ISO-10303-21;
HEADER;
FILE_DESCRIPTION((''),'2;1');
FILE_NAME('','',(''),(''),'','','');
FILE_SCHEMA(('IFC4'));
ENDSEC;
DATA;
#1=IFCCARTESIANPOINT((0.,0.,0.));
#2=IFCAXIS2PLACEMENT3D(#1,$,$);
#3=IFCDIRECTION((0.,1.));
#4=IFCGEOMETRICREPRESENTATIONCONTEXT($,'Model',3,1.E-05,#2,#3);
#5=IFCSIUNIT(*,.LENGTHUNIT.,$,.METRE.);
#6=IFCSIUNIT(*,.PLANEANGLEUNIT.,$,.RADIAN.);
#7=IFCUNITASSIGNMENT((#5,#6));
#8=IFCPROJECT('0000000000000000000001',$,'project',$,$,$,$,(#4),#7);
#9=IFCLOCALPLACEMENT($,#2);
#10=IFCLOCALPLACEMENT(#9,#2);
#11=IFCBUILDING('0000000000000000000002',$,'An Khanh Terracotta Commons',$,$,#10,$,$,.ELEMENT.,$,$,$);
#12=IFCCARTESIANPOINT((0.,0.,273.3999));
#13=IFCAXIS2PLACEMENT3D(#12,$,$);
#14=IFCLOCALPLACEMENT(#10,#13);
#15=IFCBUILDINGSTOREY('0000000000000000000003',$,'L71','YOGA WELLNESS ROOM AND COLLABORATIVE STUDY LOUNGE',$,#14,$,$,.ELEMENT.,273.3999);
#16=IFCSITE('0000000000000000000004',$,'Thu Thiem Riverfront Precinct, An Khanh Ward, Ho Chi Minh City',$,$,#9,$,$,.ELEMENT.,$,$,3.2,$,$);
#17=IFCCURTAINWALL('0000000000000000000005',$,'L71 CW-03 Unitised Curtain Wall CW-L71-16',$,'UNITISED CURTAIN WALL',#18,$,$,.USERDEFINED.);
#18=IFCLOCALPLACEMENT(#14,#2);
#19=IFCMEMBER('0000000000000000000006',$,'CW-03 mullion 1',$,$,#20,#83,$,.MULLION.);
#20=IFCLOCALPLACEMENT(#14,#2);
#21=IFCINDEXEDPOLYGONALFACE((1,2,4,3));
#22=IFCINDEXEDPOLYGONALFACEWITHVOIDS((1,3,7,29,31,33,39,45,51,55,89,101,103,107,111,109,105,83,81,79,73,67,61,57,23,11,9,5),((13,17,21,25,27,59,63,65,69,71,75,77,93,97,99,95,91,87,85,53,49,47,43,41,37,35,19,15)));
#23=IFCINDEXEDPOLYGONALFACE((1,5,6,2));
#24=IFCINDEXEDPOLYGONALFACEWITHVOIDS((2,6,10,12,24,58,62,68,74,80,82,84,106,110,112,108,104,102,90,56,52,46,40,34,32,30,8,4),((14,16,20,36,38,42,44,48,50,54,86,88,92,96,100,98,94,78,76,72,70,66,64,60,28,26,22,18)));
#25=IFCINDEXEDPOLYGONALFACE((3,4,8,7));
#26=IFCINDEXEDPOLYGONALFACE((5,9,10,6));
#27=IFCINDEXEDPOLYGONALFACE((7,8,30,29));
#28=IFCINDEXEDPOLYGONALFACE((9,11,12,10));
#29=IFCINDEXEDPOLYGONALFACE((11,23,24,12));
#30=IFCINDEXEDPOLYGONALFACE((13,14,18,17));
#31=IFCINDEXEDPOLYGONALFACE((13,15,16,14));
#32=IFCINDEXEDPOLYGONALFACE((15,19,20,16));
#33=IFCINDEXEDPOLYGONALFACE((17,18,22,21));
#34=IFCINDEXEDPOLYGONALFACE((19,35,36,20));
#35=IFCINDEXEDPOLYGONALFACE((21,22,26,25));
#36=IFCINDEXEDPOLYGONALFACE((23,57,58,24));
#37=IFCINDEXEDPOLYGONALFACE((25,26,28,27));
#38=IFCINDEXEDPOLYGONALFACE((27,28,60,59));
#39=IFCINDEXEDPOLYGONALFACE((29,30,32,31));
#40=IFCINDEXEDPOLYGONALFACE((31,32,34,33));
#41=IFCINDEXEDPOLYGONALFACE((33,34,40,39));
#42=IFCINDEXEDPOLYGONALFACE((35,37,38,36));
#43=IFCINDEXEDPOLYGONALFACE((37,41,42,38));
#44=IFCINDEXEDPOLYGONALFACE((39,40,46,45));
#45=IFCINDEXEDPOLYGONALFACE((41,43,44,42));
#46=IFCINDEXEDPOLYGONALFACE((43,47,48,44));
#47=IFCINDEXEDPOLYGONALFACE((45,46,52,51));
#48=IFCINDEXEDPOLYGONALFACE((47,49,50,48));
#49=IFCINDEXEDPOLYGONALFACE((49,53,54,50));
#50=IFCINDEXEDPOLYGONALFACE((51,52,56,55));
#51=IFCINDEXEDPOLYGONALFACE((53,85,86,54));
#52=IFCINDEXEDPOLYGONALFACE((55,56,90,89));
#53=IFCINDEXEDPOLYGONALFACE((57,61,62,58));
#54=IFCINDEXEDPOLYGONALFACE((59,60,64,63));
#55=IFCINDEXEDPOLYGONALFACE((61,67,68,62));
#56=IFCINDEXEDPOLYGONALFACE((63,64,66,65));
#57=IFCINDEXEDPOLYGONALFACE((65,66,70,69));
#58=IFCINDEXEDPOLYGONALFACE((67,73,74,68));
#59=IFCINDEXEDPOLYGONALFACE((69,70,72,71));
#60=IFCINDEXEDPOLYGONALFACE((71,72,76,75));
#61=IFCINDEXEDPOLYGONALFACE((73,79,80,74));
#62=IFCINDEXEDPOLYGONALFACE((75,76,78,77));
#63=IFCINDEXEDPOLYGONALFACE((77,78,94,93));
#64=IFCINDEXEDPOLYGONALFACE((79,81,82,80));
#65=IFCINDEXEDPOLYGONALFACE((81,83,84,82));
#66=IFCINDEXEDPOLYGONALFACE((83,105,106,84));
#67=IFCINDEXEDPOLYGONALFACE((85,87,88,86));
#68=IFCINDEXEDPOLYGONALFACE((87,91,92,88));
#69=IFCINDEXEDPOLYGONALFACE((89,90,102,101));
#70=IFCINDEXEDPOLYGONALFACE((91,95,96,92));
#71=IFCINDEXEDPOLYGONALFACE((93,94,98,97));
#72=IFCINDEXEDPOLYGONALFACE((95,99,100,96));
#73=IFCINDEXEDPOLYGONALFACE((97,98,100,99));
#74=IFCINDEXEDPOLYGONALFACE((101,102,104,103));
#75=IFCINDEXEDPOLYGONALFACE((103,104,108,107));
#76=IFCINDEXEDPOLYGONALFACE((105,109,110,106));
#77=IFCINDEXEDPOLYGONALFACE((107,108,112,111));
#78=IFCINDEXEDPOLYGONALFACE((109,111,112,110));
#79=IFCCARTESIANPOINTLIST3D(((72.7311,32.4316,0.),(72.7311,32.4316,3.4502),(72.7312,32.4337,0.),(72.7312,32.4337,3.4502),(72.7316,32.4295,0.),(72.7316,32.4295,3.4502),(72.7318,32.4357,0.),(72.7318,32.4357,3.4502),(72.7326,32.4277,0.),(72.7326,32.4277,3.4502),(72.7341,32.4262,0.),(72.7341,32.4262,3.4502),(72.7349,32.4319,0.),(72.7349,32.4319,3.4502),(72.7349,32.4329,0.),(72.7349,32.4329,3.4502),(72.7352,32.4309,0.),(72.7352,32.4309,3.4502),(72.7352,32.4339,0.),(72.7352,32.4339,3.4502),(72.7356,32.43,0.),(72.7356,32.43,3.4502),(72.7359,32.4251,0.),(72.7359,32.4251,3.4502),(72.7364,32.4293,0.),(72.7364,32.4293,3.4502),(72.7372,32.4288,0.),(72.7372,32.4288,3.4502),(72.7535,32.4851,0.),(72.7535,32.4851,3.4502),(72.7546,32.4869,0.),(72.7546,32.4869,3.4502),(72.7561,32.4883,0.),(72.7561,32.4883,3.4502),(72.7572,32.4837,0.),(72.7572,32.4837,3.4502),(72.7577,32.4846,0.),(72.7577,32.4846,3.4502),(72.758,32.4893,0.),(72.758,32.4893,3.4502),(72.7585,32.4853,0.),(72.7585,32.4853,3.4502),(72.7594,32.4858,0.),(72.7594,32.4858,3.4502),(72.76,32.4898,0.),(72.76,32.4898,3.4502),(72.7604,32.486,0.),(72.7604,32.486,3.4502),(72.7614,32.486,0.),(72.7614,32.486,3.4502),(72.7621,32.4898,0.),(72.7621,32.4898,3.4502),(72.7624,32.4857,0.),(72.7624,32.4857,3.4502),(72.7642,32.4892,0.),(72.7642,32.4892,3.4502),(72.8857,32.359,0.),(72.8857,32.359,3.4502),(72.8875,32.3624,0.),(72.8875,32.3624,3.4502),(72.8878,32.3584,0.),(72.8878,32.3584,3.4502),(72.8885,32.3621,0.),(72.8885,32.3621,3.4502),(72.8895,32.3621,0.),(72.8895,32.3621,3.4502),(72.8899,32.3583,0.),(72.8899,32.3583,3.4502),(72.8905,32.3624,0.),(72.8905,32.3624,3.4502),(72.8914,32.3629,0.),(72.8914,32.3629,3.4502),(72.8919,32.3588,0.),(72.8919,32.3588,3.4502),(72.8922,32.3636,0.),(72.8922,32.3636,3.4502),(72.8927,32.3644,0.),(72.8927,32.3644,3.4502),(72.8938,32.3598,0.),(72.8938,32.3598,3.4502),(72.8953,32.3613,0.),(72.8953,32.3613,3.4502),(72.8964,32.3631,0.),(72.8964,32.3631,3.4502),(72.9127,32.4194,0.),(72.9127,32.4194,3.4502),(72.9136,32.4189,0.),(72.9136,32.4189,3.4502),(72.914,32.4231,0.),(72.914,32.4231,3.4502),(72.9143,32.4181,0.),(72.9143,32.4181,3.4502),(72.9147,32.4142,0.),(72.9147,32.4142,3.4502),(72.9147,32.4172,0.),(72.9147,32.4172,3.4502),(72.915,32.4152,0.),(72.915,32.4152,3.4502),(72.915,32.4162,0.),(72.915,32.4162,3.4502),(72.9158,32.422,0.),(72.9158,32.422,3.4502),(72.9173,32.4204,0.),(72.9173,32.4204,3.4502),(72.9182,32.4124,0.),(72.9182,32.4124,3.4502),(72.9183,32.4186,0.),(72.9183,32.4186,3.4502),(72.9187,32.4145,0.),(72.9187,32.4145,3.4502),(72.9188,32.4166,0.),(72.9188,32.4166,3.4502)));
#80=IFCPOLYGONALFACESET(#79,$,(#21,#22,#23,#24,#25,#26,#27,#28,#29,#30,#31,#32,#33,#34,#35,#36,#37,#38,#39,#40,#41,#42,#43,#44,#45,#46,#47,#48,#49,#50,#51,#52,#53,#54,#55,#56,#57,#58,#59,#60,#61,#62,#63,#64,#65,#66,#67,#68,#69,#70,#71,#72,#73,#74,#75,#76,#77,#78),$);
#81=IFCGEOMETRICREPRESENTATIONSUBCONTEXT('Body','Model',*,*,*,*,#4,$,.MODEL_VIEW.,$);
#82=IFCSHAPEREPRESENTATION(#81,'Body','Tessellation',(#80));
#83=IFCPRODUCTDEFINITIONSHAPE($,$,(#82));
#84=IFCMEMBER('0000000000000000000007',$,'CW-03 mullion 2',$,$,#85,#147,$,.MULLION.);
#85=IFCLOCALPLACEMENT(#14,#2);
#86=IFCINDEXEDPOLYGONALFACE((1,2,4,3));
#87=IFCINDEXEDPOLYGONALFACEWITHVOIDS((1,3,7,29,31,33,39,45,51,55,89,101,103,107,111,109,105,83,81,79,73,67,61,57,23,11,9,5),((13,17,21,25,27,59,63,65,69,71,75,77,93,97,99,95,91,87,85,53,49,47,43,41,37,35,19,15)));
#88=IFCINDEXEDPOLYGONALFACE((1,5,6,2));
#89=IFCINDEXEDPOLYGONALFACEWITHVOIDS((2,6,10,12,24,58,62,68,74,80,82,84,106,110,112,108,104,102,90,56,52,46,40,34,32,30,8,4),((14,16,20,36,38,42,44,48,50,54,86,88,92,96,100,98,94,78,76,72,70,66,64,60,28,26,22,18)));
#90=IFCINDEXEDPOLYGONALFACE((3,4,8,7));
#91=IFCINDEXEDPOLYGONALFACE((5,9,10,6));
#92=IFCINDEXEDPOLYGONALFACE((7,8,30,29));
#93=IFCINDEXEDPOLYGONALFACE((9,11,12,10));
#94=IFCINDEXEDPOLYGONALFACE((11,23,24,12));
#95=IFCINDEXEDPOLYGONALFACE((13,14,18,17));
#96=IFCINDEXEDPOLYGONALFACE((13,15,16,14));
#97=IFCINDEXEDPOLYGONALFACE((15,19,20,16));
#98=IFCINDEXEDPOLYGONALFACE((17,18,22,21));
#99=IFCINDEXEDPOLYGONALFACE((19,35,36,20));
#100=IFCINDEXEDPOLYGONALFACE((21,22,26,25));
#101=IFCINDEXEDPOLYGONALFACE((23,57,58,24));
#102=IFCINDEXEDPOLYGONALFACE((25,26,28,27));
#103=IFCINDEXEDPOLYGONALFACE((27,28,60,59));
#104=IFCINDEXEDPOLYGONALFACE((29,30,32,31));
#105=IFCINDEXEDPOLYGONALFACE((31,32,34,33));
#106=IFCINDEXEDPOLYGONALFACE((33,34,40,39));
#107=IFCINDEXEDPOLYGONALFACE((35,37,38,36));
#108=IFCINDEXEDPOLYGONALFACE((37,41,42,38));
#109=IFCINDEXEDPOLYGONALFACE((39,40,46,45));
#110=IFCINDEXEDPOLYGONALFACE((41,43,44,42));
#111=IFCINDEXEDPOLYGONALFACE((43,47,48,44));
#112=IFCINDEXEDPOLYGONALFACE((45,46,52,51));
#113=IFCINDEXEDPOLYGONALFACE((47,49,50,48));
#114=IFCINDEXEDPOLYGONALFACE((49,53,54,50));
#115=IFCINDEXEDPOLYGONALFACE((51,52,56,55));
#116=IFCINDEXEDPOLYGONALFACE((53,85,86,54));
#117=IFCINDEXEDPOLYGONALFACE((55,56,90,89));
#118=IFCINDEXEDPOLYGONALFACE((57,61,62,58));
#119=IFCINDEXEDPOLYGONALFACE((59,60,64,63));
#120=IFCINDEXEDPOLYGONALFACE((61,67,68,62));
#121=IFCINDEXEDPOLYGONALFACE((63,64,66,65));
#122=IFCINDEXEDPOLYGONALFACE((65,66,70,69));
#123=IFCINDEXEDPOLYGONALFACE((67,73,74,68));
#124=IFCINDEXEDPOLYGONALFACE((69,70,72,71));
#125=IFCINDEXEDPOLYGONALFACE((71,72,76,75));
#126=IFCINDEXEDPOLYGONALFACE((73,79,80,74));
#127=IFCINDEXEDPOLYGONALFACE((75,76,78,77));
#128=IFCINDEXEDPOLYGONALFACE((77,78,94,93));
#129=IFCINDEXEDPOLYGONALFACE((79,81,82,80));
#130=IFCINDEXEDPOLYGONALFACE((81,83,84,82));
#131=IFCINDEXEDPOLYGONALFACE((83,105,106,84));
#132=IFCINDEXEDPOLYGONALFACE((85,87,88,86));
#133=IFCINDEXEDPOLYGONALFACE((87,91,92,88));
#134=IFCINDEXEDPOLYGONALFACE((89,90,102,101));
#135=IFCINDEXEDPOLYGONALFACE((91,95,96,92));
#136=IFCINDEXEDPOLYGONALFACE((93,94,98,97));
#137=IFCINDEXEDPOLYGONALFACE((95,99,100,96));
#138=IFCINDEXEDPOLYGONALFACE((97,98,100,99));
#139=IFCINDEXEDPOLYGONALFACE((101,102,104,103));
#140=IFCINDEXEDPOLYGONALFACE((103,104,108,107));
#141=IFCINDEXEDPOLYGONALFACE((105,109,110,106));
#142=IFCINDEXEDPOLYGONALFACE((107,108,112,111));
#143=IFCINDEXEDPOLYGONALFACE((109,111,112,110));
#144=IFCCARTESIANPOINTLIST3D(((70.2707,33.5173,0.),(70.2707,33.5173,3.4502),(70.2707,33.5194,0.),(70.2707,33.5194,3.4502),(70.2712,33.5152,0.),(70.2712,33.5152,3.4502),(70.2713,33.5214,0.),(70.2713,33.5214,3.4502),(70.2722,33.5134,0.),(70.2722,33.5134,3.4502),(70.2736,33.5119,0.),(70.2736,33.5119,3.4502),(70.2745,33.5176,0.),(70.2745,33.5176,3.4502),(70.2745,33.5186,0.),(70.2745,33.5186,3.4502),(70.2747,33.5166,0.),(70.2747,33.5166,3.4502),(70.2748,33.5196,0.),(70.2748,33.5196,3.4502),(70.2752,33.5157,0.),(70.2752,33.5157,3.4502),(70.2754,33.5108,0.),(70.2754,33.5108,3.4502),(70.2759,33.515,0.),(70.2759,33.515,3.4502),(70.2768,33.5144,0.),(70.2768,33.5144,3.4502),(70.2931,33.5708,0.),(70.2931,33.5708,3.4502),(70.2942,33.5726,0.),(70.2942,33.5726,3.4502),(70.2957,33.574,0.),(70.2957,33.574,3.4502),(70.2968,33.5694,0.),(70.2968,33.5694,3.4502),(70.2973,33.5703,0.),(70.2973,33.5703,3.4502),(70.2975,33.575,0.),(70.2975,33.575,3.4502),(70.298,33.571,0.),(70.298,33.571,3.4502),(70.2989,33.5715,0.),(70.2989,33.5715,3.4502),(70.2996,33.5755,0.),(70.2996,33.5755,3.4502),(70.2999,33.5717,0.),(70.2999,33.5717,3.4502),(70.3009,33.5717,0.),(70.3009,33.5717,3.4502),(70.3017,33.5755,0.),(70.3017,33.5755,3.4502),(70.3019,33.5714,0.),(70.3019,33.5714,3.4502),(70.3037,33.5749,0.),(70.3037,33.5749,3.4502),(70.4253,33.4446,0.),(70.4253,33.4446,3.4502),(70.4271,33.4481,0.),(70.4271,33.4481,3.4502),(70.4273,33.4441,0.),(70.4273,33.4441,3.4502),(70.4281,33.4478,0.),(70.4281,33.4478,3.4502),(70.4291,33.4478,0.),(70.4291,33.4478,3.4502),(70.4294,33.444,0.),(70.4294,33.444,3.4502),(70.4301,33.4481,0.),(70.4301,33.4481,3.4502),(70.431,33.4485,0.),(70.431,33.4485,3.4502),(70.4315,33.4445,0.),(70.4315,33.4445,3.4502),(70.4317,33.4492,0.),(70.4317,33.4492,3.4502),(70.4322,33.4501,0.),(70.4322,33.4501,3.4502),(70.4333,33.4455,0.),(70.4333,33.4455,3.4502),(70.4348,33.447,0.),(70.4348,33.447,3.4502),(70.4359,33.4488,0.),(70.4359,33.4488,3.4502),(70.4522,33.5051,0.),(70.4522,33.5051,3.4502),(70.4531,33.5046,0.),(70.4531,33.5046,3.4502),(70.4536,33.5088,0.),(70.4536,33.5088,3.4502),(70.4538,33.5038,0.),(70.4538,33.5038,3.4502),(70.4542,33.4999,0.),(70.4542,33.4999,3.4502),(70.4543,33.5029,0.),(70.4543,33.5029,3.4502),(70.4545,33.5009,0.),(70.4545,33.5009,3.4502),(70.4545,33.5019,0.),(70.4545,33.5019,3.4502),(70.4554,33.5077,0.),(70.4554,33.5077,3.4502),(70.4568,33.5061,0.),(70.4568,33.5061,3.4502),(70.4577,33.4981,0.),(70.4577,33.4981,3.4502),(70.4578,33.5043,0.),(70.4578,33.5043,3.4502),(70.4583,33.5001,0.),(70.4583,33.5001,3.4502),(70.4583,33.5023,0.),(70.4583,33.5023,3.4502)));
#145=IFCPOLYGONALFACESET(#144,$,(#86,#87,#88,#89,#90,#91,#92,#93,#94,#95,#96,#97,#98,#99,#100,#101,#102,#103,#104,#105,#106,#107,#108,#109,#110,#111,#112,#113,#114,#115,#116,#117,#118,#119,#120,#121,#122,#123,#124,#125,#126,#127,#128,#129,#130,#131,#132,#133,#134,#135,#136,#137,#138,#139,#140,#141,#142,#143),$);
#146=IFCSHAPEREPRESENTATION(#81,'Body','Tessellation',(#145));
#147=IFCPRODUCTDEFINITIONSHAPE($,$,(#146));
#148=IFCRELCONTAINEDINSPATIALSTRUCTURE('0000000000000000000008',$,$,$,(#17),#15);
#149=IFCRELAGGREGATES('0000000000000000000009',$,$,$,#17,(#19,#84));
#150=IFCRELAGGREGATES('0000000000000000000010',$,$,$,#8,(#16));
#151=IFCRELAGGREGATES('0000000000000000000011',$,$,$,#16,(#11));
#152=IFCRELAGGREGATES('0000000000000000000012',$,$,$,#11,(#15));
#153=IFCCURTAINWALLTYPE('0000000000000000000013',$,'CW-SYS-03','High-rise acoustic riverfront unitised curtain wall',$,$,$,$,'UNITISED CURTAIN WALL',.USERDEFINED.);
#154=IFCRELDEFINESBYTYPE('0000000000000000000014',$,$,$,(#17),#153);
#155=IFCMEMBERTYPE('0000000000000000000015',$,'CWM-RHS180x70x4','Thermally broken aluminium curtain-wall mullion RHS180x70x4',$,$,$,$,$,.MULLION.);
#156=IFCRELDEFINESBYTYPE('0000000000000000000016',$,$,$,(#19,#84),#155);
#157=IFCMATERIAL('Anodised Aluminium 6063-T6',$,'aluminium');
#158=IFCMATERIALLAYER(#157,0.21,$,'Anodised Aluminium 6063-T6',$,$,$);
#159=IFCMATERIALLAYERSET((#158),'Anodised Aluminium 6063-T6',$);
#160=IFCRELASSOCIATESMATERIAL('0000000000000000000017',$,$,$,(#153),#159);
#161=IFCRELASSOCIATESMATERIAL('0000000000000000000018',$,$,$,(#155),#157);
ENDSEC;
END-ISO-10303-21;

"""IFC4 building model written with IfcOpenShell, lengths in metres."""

from ifc_helpers import new_model, si_unit, direction, frame, origin, origin_2d, place, context, subcontext, project, spatial, hollow_rectangle, extrude, material, layer, layer_set, material_profile, profile_set, type_object, element, aggregate, save


model = new_model("IFC4")

# Units and contexts
model_context = context("Model", 3, precision=1e-05, world=origin(), true_north=direction((0.0, 1.0)))
body_context = subcontext(model_context, "Body", "Model", "MODEL_VIEW")
ifc_project = project(units=[si_unit("LENGTHUNIT", "METRE"), si_unit("PLANEANGLEUNIT", "RADIAN")], contexts=[model_context])

# Site, building, storey
site_placement = place(None, origin())
site = spatial("IfcSite", under=ifc_project, at=site_placement, Name="Thu Thiem Riverfront Precinct, An Khanh Ward, Ho Chi Minh City", CompositionType="ELEMENT", RefElevation=3.2)
building_placement = place(site_placement, origin())
building = spatial("IfcBuilding", under=site, at=building_placement, Name="An Khanh Terracotta Commons", CompositionType="ELEMENT")
storey_placement = place(building_placement, frame((0.0, 0.0, 273.3999)))
storey = spatial("IfcBuildingStorey", under=building, at=storey_placement, Name="L71", Description="YOGA WELLNESS ROOM AND COLLABORATIVE STUDY LOUNGE", CompositionType="ELEMENT", Elevation=273.3999)

# Curtain wall, members
ifc_material_1 = material(Name="Anodised Aluminium 6063-T6", Category="aluminium")
ifc_layer_1 = layer(ifc_material_1, 0.21, Name="Anodised Aluminium 6063-T6")
ifc_layer_set_1 = layer_set([ifc_layer_1], Name="Anodised Aluminium 6063-T6")
curtain_wall_type = type_object("IfcCurtainWallType", Name="CW-SYS-03", Description="High-rise acoustic riverfront unitised curtain wall", ElementType="UNITISED CURTAIN WALL", PredefinedType="USERDEFINED", material=ifc_layer_set_1)
ifc_material_profile_1 = material_profile(ifc_material_1, hollow_rectangle(XDim=0.0701, YDim=0.1799, WallThickness=0.0039, InnerFilletRadius=0.0039, OuterFilletRadius=0.0081, at=origin_2d()), Name="RHS180x70x4")
ifc_profile_set_1 = profile_set([ifc_material_profile_1], Name="Anodised Aluminium 6063-T6")
member_type_1 = type_object("IfcMemberType", Name="CWM-RHS180x70x4", Description="Thermally broken aluminium curtain-wall mullion RHS180x70x4", PredefinedType="MULLION", material=ifc_profile_set_1)
curtain_wall_1_placement = place(storey_placement, origin())
curtain_wall_1 = element("IfcCurtainWall", 1, at=curtain_wall_1_placement, inside=storey, type_object=curtain_wall_type, Name="L71 CW-03 Unitised Curtain Wall CW-L71-16", ObjectType="UNITISED CURTAIN WALL", PredefinedType="USERDEFINED")
member_1_placement = place(storey_placement, frame((72.825, 32.4241, 0.0), z_axis=(0.0, 0.0, 1.0), x_axis=(-0.403676, -0.914902, 0.0)))
member_1 = element("IfcMember", 2, at=member_1_placement, type_object=member_type_1, Name="CW-03 mullion 1", PredefinedType="MULLION", context=body_context, shape_type="SweptSolid", body=[
    extrude(hollow_rectangle(XDim=0.0701, YDim=0.1799, WallThickness=0.0039, InnerFilletRadius=0.0039, OuterFilletRadius=0.0081, at=origin_2d()), origin(), (0.0, 0.0, 1.0), 3.4502),
])
member_2_placement = place(storey_placement, frame((70.3645, 33.5098, 0.0), z_axis=(0.0, 0.0, 1.0), x_axis=(-0.403676, -0.914902, 0.0)))
member_2 = element("IfcMember", 3, at=member_2_placement, type_object=member_type_1, Name="CW-03 mullion 2", PredefinedType="MULLION", context=body_context, shape_type="SweptSolid", body=[
    extrude(hollow_rectangle(XDim=0.0701, YDim=0.1799, WallThickness=0.0039, InnerFilletRadius=0.0039, OuterFilletRadius=0.0081, at=origin_2d()), origin(), (0.0, 0.0, 1.0), 3.4502),
])

aggregate(curtain_wall_1, [member_1, member_2])

save(model, "model.ifc")
